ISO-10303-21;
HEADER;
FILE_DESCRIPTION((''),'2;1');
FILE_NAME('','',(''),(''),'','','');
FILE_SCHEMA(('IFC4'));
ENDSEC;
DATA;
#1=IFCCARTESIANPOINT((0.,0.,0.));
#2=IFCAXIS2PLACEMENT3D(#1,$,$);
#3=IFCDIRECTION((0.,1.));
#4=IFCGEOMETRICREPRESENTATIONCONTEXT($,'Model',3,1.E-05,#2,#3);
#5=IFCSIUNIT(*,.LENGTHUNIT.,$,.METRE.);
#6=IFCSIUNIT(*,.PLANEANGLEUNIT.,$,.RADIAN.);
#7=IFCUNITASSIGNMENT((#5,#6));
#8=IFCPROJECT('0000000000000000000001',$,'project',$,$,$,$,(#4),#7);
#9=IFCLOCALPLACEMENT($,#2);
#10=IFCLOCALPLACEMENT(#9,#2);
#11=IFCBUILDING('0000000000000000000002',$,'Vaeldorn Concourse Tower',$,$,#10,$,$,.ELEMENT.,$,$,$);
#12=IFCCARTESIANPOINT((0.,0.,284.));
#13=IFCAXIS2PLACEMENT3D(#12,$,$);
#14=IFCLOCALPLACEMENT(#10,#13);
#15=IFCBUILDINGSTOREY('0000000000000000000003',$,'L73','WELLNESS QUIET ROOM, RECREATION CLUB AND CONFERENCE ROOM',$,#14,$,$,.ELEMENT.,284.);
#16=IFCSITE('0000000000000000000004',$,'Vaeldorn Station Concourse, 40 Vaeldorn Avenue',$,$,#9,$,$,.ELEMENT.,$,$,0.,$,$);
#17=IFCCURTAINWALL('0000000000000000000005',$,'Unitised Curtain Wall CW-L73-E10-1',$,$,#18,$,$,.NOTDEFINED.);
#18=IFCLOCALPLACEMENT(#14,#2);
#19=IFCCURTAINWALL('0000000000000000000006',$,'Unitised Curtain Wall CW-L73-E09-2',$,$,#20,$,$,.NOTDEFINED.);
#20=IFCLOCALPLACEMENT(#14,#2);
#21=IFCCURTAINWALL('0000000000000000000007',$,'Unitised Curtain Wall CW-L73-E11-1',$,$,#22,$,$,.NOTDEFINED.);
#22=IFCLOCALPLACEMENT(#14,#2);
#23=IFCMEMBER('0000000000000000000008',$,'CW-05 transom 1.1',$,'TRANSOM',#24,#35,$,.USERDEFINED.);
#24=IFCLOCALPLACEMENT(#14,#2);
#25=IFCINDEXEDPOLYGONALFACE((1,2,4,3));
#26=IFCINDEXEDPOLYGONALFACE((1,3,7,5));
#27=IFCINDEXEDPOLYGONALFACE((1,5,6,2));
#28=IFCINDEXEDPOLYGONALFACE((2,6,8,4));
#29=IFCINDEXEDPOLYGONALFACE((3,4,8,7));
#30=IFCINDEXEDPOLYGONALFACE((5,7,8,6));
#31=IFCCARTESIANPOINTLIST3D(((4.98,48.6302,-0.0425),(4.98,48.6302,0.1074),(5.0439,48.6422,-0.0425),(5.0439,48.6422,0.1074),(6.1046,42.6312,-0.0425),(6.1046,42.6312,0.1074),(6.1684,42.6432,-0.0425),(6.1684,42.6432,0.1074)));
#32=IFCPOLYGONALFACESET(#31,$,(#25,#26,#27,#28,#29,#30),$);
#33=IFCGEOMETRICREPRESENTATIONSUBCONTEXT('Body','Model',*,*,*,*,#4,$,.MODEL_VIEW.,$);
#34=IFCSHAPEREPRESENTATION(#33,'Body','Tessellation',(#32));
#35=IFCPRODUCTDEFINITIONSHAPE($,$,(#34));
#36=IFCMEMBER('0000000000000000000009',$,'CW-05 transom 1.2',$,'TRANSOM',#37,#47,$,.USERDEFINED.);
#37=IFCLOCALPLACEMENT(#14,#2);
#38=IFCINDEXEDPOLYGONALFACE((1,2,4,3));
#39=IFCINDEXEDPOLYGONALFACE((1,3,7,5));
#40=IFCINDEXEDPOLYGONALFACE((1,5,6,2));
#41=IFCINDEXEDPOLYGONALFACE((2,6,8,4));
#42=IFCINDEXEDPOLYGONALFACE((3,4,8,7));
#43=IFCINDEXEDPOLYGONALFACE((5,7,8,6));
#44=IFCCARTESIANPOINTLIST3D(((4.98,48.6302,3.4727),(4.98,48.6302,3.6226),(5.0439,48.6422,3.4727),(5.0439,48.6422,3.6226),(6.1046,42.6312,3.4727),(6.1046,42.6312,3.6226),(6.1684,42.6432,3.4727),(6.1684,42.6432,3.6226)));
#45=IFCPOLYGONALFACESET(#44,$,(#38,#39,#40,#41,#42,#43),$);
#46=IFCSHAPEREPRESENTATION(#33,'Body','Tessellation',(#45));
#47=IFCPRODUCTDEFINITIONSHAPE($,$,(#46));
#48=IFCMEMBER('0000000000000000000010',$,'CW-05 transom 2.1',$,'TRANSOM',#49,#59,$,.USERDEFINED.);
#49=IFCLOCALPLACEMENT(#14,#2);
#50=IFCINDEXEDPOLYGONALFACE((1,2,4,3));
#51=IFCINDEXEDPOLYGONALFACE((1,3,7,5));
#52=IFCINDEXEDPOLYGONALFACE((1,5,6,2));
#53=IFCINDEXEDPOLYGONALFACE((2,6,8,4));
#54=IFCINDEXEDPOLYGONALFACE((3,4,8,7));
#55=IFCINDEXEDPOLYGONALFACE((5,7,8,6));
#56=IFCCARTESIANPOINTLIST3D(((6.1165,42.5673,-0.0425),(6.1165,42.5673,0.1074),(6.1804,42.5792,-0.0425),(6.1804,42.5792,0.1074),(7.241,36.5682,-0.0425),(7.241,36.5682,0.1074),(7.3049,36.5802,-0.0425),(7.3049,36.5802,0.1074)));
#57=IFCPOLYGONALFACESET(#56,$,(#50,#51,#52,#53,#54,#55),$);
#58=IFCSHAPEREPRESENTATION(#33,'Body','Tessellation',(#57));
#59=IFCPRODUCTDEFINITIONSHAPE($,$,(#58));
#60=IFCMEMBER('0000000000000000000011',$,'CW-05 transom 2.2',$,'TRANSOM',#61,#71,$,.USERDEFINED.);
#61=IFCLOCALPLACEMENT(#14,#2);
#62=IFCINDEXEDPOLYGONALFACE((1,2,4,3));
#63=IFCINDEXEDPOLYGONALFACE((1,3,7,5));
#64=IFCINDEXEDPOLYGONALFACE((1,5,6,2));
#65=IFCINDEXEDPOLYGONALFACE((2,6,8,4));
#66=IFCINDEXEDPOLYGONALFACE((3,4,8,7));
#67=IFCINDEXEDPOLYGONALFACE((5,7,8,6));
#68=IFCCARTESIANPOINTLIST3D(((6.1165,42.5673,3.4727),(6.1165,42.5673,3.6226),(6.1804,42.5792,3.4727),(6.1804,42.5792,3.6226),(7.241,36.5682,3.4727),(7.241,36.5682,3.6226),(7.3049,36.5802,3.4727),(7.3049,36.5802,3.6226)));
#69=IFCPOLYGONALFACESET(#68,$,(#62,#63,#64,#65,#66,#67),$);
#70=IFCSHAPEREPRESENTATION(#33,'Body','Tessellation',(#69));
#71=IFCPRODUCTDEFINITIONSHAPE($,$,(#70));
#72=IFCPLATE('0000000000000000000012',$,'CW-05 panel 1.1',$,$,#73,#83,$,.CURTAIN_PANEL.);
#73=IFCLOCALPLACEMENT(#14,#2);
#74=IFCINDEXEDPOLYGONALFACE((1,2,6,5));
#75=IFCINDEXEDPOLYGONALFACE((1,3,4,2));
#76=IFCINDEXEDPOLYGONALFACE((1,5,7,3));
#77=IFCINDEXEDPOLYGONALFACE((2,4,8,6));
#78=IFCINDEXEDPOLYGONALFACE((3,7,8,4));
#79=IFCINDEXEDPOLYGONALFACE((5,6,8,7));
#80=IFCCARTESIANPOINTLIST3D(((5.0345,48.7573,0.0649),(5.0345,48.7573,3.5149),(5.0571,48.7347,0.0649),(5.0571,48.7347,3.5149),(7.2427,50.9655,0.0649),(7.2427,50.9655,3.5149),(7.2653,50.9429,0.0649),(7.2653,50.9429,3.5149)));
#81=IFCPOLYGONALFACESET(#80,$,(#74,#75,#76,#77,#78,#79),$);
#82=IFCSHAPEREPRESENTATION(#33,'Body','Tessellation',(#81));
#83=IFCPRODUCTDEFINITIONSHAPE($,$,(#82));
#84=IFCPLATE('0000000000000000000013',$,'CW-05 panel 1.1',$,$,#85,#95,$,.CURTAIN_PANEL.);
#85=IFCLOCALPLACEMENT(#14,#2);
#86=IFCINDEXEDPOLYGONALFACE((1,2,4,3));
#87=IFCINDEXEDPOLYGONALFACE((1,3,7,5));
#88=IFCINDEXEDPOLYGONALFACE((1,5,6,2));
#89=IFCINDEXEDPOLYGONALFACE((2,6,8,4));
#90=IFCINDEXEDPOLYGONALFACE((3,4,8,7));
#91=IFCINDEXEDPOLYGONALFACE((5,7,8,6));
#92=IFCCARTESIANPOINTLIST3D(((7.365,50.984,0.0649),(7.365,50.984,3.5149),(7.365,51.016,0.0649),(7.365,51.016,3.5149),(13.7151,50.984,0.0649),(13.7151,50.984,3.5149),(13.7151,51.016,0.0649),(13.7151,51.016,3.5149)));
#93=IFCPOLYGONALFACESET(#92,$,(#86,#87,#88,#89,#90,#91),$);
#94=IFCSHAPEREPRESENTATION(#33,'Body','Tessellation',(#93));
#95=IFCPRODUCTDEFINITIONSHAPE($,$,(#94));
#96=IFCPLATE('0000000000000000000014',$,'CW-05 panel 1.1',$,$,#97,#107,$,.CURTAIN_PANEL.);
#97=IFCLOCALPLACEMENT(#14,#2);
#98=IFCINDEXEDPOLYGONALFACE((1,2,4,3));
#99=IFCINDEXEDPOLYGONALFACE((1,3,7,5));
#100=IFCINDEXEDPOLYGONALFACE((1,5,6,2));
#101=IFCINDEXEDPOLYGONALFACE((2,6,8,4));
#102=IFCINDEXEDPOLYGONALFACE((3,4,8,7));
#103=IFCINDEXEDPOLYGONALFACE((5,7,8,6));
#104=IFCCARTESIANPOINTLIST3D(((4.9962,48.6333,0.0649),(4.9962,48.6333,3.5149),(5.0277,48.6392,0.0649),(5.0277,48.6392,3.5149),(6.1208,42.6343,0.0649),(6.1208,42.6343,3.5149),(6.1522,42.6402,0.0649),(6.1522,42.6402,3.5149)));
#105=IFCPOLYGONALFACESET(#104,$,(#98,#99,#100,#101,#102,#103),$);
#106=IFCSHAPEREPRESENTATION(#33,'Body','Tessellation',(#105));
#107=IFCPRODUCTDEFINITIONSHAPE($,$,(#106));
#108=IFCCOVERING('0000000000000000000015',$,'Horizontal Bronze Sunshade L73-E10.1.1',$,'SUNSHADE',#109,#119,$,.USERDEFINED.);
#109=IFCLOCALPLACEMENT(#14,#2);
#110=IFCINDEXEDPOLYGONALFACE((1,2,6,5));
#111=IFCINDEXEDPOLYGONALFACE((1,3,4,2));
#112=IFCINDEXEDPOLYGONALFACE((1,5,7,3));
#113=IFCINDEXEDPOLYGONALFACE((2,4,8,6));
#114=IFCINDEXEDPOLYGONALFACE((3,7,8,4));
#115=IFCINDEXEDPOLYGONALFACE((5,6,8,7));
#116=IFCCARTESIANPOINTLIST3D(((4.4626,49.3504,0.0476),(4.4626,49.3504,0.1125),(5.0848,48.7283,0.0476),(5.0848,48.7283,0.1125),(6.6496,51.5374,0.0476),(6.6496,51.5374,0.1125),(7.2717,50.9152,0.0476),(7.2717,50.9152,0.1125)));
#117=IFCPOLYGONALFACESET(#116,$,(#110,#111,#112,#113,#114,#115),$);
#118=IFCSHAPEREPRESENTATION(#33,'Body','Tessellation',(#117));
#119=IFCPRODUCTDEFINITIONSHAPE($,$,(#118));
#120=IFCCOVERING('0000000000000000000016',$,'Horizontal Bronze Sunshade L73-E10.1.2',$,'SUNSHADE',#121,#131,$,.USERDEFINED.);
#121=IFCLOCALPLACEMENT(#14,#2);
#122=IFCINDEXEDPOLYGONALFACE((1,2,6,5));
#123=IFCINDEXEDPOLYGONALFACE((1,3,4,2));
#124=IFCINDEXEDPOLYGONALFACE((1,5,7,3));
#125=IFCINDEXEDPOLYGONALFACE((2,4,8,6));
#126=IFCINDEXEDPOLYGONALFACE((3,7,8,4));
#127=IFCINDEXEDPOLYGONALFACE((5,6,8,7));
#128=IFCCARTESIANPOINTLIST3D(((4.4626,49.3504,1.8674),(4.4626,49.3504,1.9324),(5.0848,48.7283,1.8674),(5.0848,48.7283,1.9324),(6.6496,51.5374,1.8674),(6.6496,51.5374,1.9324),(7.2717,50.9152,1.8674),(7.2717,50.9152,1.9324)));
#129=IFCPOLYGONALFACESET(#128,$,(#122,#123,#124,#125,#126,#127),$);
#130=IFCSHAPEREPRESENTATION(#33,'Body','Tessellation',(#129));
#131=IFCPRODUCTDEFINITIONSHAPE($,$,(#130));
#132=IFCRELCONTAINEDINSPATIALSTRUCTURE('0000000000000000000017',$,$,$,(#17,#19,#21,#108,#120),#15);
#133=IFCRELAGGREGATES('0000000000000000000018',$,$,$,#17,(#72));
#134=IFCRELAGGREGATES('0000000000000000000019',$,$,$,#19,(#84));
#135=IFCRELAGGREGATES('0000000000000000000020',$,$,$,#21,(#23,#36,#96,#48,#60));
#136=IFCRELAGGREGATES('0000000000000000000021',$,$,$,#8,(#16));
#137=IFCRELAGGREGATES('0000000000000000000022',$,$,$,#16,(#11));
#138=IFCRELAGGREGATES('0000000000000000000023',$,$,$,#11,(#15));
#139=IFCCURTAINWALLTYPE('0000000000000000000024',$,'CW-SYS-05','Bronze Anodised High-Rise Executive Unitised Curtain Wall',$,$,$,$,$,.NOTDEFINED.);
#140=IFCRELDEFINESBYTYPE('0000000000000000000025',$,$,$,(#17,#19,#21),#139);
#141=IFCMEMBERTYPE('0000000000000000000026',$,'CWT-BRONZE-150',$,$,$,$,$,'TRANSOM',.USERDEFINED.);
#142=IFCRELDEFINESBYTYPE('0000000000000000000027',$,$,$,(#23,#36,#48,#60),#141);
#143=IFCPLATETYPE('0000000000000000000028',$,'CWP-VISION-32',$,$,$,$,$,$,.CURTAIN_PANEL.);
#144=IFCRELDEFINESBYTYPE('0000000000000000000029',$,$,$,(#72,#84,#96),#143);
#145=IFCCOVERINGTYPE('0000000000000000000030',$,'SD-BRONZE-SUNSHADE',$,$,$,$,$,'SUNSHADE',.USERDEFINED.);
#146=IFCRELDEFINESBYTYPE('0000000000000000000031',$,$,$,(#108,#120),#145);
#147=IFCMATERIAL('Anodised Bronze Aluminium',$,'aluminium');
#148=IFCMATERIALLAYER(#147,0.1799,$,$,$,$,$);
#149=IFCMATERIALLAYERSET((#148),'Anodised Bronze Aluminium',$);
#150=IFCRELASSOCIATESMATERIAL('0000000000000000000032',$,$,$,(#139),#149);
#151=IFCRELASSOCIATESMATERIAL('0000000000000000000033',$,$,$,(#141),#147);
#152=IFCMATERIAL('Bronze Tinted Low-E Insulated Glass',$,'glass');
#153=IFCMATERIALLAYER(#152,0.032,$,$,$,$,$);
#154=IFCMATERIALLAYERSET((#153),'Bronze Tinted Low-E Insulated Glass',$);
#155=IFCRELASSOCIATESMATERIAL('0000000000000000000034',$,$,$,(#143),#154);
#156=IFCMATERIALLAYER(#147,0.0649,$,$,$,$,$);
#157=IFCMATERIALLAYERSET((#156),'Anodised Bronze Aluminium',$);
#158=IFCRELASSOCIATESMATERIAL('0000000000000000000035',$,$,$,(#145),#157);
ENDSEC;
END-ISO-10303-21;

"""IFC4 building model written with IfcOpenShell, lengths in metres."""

from ifc_helpers import new_model, si_unit, direction, frame, origin, origin_2d, place, context, subcontext, project, spatial, rectangle, extrude, source, transform, mapped, material, layer, layer_set, material_profile, profile_set, type_object, element, aggregate, save


model = new_model("IFC4")

# Units and contexts
model_context = context("Model", 3, precision=1e-05, world=origin(), true_north=direction((0.0, 1.0)))
body_context = subcontext(model_context, "Body", "Model", "MODEL_VIEW")
ifc_project = project(units=[si_unit("LENGTHUNIT", "METRE"), si_unit("PLANEANGLEUNIT", "RADIAN")], contexts=[model_context])

# Site, building, storey
site_placement = place(None, origin())
site = spatial("IfcSite", under=ifc_project, at=site_placement, Name="Vaeldorn Station Concourse, 40 Vaeldorn Avenue", CompositionType="ELEMENT", RefElevation=0.0)
building_placement = place(site_placement, origin())
building = spatial("IfcBuilding", under=site, at=building_placement, Name="Vaeldorn Concourse Tower", CompositionType="ELEMENT")
storey_placement = place(building_placement, frame((0.0, 0.0, 284.0)))
storey = spatial("IfcBuildingStorey", under=building, at=storey_placement, Name="L73", Description="WELLNESS QUIET ROOM, RECREATION CLUB AND CONFERENCE ROOM", CompositionType="ELEMENT", Elevation=284.0)

# Curtain walls
ifc_material_1 = material(Name="Anodised Bronze Aluminium", Category="aluminium")
ifc_layer_1 = layer(ifc_material_1, 0.1799)
ifc_layer_set_1 = layer_set([ifc_layer_1], Name="Anodised Bronze Aluminium")
curtain_wall_type = type_object("IfcCurtainWallType", Name="CW-SYS-05", Description="Bronze Anodised High-Rise Executive Unitised Curtain Wall", PredefinedType="NOTDEFINED", material=ifc_layer_set_1)
curtain_wall_1_placement = place(storey_placement, origin())
curtain_wall_1 = element("IfcCurtainWall", 1, at=curtain_wall_1_placement, inside=storey, type_object=curtain_wall_type, Name="Unitised Curtain Wall CW-L73-E10-1", PredefinedType="NOTDEFINED")
ifc_material_profile_1 = material_profile(ifc_material_1, rectangle(XDim=0.0649, YDim=0.1499, at=origin_2d()), Name="CWT 65x150")
ifc_profile_set_1 = profile_set([ifc_material_profile_1], Name="Anodised Bronze Aluminium")
member_type_1 = type_object("IfcMemberType", Name="CWT-BRONZE-150", ElementType="TRANSOM", PredefinedType="USERDEFINED", material=ifc_profile_set_1)
curtain_wall_2_placement = place(storey_placement, origin())
curtain_wall_2 = element("IfcCurtainWall", 2, at=curtain_wall_2_placement, inside=storey, type_object=curtain_wall_type, Name="Unitised Curtain Wall CW-L73-E09-2", PredefinedType="NOTDEFINED")

# Curtain wall
curtain_wall_3_placement = place(storey_placement, origin())
curtain_wall_3 = element("IfcCurtainWall", 3, at=curtain_wall_3_placement, inside=storey, type_object=curtain_wall_type, Name="Unitised Curtain Wall CW-L73-E11-1", PredefinedType="NOTDEFINED")

# Members
shared_shape_1 = source(origin(), body_context, "Body", "SweptSolid", [
    extrude(rectangle(XDim=0.0649, YDim=0.1499, at=origin_2d()), origin(), (0.0, 0.0, 1.0), 6.1035),
])
member_1_placement = place(storey_placement, frame((5.012, 48.6362, 0.0325), z_axis=(0.18424, -0.982881, 0.0), x_axis=(0.982881, 0.18424, 0.0)))
member_1 = element("IfcMember", 4, at=member_1_placement, type_object=member_type_1, Name="CW-05 transom 1.1", ObjectType="TRANSOM", PredefinedType="USERDEFINED", context=body_context, shape_type="MappedRepresentation", body=[
    mapped(shared_shape_1, transform((0.0, 0.0, 0.0), scale=1.0)),
])
member_2_placement = place(storey_placement, frame((5.012, 48.6362, 3.5476), z_axis=(0.18424, -0.982881, 0.0), x_axis=(0.982881, 0.18424, 0.0)))
member_2 = element("IfcMember", 5, at=member_2_placement, type_object=member_type_1, Name="CW-05 transom 1.2", ObjectType="TRANSOM", PredefinedType="USERDEFINED", context=body_context, shape_type="MappedRepresentation", body=[
    mapped(shared_shape_1, transform((0.0, 0.0, 0.0), scale=1.0)),
])
member_3_placement = place(storey_placement, frame((6.1484, 42.5732, 0.0325), z_axis=(0.18424, -0.982881, 0.0), x_axis=(0.982881, 0.18424, 0.0)))
member_3 = element("IfcMember", 6, at=member_3_placement, type_object=member_type_1, Name="CW-05 transom 2.1", ObjectType="TRANSOM", PredefinedType="USERDEFINED", context=body_context, shape_type="MappedRepresentation", body=[
    mapped(shared_shape_1, transform((0.0, 0.0, 0.0), scale=1.0)),
])
member_4_placement = place(storey_placement, frame((6.1484, 42.5732, 3.5476), z_axis=(0.18424, -0.982881, 0.0), x_axis=(0.982881, 0.18424, 0.0)))
member_4 = element("IfcMember", 7, at=member_4_placement, type_object=member_type_1, Name="CW-05 transom 2.2", ObjectType="TRANSOM", PredefinedType="USERDEFINED", context=body_context, shape_type="MappedRepresentation", body=[
    mapped(shared_shape_1, transform((0.0, 0.0, 0.0), scale=1.0)),
])

# Plates
ifc_material_2 = material(Name="Bronze Tinted Low-E Insulated Glass", Category="glass")
ifc_layer_2 = layer(ifc_material_2, 0.032)
ifc_layer_set_2 = layer_set([ifc_layer_2], Name="Bronze Tinted Low-E Insulated Glass")
plate_type = type_object("IfcPlateType", Name="CWP-VISION-32", PredefinedType="CURTAIN_PANEL", material=ifc_layer_set_2)
shared_shape_2 = source(origin(), body_context, "Body", "SweptSolid", [
    extrude(rectangle(XDim=3.1228, YDim=0.032, at=origin_2d()), origin(), (0.0, 0.0, 1.0), 3.45),
])
plate_1_placement = place(storey_placement, frame((6.1499, 49.8501, 0.0649), z_axis=(0.0, 0.0, 1.0), x_axis=(-0.707107, -0.707107, 0.0)))
plate_1 = element("IfcPlate", 8, at=plate_1_placement, type_object=plate_type, Name="CW-05 panel 1.1", PredefinedType="CURTAIN_PANEL", context=body_context, shape_type="MappedRepresentation", body=[
    mapped(shared_shape_2, transform((0.0, 0.0, 0.0), scale=1.0)),
])
aggregate(curtain_wall_1, [plate_1])
shared_shape_3 = source(origin(), body_context, "Body", "SweptSolid", [
    extrude(rectangle(XDim=6.3501, YDim=0.032, at=origin_2d()), origin(), (0.0, 0.0, 1.0), 3.45),
])
plate_2_placement = place(storey_placement, frame((10.54, 51.0, 0.0649), z_axis=(0.0, 0.0, 1.0), x_axis=(-1.0, 0.0, 0.0)))
plate_2 = element("IfcPlate", 9, at=plate_2_placement, type_object=plate_type, Name="CW-05 panel 1.1", PredefinedType="CURTAIN_PANEL", context=body_context, shape_type="MappedRepresentation", body=[
    mapped(shared_shape_3, transform((0.0, 0.0, 0.0), scale=1.0)),
])
aggregate(curtain_wall_2, [plate_2])
shared_shape_4 = source(origin(), body_context, "Body", "SweptSolid", [
    extrude(rectangle(XDim=6.1035, YDim=0.032, at=origin_2d()), origin(), (0.0, 0.0, 1.0), 3.45),
])
plate_3_placement = place(storey_placement, frame((5.5742, 45.6367, 0.0649), z_axis=(0.0, 0.0, 1.0), x_axis=(0.184246, -0.98288, 0.0)))
plate_3 = element("IfcPlate", 10, at=plate_3_placement, type_object=plate_type, Name="CW-05 panel 1.1", PredefinedType="CURTAIN_PANEL", context=body_context, shape_type="MappedRepresentation", body=[
    mapped(shared_shape_4, transform((0.0, 0.0, 0.0), scale=1.0)),
])
aggregate(curtain_wall_3, [member_1, member_2, plate_3, member_3, member_4])

# Coverings
ifc_layer_3 = layer(ifc_material_1, 0.0649)
ifc_layer_set_3 = layer_set([ifc_layer_3], Name="Anodised Bronze Aluminium")
covering_type = type_object("IfcCoveringType", Name="SD-BRONZE-SUNSHADE", ElementType="SUNSHADE", PredefinedType="USERDEFINED", material=ifc_layer_set_3)
shared_shape_5 = source(origin(), body_context, "Body", "SweptSolid", [
    extrude(rectangle(XDim=3.0928, YDim=0.8799, at=origin_2d()), origin(), (0.0, 0.0, 1.0), 0.0649),
])
for number, where, z_axis, x_axis, name in (
    (11, (5.8672, 50.1328, 0.0476), (0.0, 0.0, 1.0), (-0.707107, -0.707107, 0.0), "Horizontal Bronze Sunshade L73-E10.1.1"),
    (12, (5.8672, 50.1328, 1.8674), (0.0, 0.0, 1.0), (-0.707107, -0.707107, 0.0), "Horizontal Bronze Sunshade L73-E10.1.2"),
):
    element("IfcCovering", number, at=place(storey_placement, frame(where, z_axis=z_axis, x_axis=x_axis)), inside=storey, type_object=covering_type, Name=name, ObjectType="SUNSHADE", PredefinedType="USERDEFINED", context=body_context, shape_type="MappedRepresentation", body=[
        mapped(shared_shape_5, transform((0.0, 0.0, 0.0), scale=1.0)),
    ])

save(model, "model.ifc")
